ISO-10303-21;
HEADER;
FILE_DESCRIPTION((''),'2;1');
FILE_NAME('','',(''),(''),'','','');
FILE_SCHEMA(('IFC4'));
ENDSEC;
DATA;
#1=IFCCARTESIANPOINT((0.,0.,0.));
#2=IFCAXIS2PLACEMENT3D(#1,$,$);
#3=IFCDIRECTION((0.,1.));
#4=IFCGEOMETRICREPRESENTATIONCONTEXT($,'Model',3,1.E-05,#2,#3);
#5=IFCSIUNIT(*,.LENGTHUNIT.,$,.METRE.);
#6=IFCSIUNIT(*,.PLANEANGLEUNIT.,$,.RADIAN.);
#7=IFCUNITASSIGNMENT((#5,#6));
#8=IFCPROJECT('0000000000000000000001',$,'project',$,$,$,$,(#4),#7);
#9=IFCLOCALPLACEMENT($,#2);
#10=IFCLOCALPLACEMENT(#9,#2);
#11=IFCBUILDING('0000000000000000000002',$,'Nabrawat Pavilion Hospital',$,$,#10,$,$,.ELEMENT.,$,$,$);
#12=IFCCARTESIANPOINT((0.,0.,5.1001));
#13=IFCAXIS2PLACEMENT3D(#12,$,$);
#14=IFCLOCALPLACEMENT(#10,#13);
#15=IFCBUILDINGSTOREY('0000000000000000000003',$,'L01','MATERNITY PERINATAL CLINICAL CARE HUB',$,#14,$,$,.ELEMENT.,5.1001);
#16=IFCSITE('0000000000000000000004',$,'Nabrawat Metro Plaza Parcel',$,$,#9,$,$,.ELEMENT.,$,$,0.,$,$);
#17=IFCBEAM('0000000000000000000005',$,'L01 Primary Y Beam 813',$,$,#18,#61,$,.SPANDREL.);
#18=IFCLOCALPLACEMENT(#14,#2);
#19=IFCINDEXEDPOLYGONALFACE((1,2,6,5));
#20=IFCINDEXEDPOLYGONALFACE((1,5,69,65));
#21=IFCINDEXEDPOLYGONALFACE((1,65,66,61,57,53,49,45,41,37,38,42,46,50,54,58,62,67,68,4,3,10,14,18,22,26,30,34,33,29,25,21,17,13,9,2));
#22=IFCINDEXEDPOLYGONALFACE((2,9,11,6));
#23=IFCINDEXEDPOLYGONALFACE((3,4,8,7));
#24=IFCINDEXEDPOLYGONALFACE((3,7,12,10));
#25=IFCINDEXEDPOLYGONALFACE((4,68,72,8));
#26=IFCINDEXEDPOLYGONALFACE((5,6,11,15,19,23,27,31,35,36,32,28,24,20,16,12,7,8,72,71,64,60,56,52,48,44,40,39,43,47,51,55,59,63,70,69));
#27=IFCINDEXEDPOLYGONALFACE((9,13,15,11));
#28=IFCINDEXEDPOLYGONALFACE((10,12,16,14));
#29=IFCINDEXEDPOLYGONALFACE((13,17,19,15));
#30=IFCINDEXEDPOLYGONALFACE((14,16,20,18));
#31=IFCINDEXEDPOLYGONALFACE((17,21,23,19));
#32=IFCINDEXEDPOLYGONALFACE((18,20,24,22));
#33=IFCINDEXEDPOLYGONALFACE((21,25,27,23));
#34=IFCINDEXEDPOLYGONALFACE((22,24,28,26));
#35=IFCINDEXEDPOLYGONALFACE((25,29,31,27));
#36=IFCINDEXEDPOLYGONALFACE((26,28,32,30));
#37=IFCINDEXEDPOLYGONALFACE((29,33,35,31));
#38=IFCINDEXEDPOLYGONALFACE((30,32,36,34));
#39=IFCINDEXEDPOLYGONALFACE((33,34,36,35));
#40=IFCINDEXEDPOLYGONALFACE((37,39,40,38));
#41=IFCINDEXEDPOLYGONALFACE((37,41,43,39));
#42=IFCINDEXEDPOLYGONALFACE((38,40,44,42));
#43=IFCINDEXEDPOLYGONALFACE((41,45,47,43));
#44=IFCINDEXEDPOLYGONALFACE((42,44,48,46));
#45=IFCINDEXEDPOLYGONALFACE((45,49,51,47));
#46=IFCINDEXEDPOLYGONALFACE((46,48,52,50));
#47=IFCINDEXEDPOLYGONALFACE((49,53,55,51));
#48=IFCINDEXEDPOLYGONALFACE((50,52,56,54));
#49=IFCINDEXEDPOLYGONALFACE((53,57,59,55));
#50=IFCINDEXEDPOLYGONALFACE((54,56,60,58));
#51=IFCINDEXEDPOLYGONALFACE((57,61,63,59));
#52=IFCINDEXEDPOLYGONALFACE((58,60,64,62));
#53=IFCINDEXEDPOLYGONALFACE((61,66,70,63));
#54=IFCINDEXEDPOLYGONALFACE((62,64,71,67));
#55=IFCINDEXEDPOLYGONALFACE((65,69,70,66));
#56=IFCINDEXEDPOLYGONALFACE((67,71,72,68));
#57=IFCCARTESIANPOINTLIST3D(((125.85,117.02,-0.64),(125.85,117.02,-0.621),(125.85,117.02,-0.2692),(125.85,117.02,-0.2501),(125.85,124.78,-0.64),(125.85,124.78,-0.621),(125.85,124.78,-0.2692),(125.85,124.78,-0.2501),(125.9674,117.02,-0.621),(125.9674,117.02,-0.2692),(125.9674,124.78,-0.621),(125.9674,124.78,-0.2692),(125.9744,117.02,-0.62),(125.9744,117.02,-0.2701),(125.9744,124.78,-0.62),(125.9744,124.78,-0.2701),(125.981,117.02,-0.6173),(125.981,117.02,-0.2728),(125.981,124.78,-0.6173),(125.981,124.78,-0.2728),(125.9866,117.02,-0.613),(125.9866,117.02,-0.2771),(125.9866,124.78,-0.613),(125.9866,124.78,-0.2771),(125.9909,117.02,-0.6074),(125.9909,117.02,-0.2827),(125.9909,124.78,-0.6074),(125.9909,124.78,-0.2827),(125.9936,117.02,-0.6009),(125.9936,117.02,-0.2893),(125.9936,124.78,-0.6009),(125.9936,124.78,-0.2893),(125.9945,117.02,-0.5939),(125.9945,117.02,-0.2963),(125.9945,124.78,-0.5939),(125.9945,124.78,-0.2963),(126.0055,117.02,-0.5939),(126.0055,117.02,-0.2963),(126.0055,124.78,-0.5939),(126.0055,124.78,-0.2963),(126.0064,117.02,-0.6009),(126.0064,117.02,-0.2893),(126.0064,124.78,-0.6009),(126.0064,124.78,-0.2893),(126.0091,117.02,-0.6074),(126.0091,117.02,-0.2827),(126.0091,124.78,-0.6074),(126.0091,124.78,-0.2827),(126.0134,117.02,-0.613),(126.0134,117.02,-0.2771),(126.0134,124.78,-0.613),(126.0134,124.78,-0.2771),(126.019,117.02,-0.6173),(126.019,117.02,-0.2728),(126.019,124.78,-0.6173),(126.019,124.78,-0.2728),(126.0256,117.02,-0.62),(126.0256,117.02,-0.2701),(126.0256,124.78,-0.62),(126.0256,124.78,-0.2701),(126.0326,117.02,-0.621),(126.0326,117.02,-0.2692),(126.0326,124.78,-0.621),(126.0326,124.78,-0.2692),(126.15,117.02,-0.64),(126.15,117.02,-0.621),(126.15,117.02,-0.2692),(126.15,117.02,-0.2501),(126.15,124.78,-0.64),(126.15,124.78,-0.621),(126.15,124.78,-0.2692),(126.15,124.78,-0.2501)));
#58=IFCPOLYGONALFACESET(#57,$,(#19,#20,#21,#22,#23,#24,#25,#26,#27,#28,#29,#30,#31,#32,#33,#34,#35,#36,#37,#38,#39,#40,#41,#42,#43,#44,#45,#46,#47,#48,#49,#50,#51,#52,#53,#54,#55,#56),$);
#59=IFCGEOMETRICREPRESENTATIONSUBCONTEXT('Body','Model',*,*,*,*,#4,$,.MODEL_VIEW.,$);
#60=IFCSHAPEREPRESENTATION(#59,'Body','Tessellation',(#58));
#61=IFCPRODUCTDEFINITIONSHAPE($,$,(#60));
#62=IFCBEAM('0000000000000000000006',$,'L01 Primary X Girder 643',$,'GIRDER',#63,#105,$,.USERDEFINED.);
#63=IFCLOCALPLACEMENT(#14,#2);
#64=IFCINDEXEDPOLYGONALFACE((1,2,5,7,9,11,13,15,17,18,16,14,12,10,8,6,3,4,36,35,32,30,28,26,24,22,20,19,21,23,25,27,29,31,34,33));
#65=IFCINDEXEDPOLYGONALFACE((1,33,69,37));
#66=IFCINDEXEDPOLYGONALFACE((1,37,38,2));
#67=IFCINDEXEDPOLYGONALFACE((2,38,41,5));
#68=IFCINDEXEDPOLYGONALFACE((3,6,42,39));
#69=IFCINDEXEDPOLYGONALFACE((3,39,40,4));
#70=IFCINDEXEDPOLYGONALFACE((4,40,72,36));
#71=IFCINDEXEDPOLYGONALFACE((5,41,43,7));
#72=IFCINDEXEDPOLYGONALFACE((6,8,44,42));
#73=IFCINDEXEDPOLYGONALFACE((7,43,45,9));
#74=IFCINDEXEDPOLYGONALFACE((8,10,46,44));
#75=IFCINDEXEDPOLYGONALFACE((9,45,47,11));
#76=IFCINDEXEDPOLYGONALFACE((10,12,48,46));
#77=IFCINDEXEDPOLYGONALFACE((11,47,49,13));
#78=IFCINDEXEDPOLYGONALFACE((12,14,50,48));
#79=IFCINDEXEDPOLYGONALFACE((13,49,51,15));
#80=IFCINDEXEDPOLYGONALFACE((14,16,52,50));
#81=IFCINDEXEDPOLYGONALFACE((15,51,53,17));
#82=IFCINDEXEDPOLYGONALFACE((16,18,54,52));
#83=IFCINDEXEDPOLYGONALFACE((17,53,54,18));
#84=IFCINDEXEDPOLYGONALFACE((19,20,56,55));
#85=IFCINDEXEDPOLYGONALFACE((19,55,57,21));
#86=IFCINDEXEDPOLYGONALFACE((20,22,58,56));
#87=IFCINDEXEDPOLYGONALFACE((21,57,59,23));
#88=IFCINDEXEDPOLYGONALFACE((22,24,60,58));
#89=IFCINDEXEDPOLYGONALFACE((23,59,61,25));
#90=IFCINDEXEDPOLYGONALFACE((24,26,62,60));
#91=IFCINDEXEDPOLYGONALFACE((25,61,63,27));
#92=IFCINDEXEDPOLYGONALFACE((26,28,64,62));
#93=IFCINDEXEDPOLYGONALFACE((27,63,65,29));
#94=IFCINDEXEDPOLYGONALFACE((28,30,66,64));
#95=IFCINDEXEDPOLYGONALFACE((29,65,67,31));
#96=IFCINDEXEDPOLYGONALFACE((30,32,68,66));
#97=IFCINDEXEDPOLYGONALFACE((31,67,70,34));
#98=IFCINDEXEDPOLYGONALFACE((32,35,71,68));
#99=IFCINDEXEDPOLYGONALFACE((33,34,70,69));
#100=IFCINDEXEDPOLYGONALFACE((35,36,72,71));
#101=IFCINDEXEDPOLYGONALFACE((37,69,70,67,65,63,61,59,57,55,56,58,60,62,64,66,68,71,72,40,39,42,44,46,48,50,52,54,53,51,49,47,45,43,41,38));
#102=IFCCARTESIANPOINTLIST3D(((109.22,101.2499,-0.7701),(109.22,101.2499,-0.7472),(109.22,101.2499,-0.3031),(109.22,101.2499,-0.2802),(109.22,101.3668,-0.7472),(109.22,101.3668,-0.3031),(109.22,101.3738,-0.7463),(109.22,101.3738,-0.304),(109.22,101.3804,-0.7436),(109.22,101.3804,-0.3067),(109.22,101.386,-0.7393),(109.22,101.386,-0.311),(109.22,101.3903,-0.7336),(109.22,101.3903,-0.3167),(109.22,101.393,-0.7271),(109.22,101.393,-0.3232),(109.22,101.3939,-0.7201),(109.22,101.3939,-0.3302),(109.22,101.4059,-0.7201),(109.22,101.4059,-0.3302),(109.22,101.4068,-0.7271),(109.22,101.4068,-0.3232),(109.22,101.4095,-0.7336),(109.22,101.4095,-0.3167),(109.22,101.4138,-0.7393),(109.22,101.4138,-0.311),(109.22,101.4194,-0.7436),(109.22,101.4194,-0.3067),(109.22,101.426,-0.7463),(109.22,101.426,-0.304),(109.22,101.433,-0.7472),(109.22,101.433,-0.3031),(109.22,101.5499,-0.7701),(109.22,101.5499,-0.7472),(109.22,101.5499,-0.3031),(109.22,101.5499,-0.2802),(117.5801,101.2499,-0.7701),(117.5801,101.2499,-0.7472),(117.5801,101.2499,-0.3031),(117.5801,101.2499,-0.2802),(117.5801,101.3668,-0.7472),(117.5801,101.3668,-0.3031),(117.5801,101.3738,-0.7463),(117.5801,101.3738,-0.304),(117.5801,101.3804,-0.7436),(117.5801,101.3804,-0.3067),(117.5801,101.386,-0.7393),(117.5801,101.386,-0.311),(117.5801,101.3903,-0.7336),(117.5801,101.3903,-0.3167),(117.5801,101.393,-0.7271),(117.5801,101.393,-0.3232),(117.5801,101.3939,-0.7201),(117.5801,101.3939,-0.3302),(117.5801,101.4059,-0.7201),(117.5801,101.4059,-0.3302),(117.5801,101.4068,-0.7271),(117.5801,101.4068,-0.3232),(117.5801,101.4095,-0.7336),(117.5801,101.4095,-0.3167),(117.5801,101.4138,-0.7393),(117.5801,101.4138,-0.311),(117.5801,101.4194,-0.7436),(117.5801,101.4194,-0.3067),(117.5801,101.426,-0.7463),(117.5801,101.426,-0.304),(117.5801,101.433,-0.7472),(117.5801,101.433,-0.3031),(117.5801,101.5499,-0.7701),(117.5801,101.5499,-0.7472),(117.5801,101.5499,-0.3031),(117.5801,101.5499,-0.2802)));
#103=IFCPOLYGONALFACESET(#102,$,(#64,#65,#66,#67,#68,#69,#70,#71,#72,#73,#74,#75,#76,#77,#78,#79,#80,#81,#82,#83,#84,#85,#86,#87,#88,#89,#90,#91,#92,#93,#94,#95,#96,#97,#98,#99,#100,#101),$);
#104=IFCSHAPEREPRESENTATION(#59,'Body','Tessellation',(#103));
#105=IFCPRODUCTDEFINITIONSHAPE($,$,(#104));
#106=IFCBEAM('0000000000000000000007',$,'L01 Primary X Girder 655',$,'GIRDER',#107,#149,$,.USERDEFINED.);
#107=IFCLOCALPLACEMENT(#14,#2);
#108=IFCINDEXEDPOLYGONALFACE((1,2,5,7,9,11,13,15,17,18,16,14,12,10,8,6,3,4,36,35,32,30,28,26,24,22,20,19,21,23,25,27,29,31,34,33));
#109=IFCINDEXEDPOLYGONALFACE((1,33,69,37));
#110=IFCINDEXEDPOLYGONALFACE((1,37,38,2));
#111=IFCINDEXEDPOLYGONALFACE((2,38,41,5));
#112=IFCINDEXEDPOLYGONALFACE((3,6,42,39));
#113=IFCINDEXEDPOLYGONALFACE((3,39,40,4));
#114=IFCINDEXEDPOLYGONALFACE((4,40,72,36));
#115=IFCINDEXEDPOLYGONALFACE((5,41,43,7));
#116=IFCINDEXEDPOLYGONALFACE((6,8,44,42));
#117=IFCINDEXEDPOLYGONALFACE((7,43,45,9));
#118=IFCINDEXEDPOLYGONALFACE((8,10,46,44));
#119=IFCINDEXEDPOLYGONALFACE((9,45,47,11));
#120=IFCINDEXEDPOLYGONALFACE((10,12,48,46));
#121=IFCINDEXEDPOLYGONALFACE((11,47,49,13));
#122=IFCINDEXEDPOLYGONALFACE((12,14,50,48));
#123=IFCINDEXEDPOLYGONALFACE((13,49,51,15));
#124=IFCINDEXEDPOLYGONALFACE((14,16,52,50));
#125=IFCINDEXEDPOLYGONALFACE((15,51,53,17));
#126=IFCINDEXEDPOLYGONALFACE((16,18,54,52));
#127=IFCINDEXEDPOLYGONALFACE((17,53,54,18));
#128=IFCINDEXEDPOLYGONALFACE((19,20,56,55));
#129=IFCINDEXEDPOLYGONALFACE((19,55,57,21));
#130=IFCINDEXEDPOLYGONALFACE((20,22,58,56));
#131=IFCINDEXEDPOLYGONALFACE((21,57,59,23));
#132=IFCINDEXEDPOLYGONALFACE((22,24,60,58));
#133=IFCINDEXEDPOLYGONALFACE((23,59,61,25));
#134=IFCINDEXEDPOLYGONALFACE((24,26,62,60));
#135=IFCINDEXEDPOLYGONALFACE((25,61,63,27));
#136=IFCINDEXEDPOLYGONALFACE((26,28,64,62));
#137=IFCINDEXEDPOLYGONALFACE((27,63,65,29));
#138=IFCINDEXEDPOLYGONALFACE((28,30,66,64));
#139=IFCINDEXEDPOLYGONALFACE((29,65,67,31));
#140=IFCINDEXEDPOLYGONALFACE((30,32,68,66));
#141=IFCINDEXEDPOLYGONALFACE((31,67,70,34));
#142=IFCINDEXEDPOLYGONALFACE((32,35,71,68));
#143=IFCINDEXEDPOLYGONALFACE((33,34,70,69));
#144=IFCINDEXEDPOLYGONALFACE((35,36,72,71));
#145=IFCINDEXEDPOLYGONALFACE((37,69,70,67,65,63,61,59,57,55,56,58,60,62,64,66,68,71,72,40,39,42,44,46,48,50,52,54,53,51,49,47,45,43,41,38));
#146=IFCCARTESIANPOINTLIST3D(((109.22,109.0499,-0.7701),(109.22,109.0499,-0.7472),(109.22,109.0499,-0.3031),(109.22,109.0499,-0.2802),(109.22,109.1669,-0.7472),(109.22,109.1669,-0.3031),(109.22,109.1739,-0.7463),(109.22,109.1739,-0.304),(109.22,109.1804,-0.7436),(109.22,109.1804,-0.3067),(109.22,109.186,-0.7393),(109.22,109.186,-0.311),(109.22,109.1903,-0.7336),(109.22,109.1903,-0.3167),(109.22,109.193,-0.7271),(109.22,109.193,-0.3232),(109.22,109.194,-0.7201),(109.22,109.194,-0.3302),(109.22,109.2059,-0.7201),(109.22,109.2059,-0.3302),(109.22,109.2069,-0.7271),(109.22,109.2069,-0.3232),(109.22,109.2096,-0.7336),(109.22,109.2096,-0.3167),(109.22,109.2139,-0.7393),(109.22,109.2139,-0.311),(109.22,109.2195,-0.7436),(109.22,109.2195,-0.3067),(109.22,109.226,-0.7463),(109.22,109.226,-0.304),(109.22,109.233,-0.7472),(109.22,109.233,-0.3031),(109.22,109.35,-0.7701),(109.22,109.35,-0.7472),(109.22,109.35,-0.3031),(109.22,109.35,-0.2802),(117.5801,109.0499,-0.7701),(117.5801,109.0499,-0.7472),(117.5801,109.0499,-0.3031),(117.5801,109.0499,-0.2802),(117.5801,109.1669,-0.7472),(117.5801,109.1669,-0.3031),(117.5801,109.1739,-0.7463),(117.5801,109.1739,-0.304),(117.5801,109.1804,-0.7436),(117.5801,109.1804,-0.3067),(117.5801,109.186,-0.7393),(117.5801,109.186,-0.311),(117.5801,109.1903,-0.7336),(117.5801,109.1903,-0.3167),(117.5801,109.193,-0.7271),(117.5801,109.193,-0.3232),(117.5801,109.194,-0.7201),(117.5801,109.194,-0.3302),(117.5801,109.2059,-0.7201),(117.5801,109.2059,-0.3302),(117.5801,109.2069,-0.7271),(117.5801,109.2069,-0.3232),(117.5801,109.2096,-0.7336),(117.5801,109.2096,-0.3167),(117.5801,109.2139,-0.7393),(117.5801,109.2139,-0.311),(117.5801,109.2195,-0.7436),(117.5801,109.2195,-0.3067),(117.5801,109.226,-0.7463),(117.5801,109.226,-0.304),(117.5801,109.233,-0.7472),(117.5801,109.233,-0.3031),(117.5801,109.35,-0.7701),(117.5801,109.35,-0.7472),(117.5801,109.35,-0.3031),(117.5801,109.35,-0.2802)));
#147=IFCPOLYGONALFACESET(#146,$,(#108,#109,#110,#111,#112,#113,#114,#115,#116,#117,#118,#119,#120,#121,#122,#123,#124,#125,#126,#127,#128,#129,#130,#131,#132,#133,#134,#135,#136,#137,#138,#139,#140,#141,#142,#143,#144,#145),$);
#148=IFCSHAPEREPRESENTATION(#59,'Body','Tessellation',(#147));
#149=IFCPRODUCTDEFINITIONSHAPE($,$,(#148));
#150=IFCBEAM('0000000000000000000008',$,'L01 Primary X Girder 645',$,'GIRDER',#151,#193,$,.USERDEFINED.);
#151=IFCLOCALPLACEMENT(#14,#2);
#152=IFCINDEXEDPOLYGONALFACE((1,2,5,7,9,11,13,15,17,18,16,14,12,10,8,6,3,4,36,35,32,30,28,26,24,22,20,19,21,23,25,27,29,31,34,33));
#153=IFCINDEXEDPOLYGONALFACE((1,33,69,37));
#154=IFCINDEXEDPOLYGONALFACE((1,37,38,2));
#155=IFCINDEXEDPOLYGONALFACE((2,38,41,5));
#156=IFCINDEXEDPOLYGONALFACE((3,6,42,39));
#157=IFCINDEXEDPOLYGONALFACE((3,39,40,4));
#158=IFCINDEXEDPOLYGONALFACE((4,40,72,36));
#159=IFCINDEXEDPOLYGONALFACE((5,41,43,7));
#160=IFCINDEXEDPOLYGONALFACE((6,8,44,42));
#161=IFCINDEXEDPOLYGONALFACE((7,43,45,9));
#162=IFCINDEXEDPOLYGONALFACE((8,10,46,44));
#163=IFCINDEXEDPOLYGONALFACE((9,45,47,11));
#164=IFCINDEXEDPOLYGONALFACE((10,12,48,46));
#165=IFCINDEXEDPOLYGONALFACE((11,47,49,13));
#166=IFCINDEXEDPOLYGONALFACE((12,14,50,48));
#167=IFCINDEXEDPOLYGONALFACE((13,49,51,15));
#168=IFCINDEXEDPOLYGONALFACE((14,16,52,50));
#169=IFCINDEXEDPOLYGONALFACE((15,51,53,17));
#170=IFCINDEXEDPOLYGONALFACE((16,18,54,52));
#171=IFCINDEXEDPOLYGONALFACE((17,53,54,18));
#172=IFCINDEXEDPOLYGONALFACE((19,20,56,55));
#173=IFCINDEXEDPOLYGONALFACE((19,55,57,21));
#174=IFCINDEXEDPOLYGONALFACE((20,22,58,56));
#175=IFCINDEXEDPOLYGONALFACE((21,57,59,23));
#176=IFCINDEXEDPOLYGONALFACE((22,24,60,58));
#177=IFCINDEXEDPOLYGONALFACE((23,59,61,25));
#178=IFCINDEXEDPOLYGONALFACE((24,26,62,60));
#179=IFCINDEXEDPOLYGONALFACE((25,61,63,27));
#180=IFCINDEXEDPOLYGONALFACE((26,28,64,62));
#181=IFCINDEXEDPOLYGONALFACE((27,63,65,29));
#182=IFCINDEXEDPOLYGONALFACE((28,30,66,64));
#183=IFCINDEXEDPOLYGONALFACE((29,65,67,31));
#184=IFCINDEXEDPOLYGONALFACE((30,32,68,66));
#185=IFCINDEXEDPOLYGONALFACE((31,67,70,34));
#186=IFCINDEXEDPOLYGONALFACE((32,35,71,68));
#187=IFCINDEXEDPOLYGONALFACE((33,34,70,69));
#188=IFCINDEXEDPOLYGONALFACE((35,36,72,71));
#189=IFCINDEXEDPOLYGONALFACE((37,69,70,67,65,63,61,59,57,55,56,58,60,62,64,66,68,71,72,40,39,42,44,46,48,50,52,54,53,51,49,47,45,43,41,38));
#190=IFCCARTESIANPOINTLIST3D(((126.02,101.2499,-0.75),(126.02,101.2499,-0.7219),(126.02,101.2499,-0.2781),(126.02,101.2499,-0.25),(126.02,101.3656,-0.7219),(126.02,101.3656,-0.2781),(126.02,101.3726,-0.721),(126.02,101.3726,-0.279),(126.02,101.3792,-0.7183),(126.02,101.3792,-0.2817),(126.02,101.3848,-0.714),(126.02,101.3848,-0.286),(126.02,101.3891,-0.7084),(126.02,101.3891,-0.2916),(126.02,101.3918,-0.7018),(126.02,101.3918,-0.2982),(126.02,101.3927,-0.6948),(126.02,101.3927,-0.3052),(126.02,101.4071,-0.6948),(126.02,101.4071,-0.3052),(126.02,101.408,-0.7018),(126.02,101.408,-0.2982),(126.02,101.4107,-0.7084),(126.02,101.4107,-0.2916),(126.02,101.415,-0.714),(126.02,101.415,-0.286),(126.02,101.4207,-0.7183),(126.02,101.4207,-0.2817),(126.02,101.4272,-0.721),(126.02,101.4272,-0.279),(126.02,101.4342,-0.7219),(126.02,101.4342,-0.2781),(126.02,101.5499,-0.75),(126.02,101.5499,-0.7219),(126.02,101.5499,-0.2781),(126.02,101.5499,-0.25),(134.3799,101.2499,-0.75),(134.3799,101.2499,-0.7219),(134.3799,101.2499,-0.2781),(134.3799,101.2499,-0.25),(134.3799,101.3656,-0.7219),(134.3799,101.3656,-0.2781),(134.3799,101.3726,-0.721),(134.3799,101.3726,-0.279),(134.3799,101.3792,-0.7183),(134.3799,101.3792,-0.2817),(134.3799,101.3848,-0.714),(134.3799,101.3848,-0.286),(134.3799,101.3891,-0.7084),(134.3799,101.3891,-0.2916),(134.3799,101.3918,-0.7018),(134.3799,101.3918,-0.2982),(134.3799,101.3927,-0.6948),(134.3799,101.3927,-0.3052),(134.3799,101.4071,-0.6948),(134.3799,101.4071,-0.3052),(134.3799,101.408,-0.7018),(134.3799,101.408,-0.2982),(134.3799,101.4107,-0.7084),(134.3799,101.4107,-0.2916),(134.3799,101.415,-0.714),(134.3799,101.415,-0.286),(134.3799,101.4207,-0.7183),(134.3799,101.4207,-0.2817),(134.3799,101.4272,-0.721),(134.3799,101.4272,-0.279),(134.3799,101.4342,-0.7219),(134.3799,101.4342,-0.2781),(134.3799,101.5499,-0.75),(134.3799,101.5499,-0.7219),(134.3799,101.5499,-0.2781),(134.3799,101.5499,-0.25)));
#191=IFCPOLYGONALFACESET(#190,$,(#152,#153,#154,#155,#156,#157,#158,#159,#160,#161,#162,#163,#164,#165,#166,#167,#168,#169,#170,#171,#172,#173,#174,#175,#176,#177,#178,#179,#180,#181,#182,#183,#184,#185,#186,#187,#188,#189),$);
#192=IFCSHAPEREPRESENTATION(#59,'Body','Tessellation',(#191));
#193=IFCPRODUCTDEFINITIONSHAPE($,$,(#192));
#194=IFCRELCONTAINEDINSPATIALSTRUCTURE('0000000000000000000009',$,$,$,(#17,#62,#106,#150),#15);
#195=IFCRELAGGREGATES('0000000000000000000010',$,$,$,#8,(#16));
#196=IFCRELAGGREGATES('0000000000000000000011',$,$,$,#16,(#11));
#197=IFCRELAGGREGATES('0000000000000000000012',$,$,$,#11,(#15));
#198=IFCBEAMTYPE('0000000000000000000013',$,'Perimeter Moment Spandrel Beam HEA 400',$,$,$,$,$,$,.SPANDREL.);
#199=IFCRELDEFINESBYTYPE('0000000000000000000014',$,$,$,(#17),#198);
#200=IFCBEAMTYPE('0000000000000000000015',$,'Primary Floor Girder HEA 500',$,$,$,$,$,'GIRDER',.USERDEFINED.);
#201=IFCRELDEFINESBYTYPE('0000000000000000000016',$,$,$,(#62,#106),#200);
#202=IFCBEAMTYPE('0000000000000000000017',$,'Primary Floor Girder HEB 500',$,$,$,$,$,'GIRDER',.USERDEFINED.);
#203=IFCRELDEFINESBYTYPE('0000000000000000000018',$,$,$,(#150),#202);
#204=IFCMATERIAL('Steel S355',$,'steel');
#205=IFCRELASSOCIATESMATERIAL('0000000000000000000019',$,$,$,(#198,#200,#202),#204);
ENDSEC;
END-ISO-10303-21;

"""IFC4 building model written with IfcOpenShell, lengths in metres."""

from ifc_helpers import new_model, si_unit, direction, frame, origin, origin_2d, place, context, subcontext, project, spatial, i_section, extrude, material, material_profile, profile_set, type_object, element, save


model = new_model("IFC4")

# Units and contexts
model_context = context("Model", 3, precision=1e-05, world=origin(), true_north=direction((0.0, 1.0)))
body_context = subcontext(model_context, "Body", "Model", "MODEL_VIEW")
ifc_project = project(units=[si_unit("LENGTHUNIT", "METRE"), si_unit("PLANEANGLEUNIT", "RADIAN")], contexts=[model_context])

# Site, building, storey
site_placement = place(None, origin())
site = spatial("IfcSite", under=ifc_project, at=site_placement, Name="Nabrawat Metro Plaza Parcel", CompositionType="ELEMENT", RefElevation=0.0)
building_placement = place(site_placement, origin())
building = spatial("IfcBuilding", under=site, at=building_placement, Name="Nabrawat Pavilion Hospital", CompositionType="ELEMENT")
storey_placement = place(building_placement, frame((0.0, 0.0, 5.1001)))
storey = spatial("IfcBuildingStorey", under=building, at=storey_placement, Name="L01", Description="MATERNITY PERINATAL CLINICAL CARE HUB", CompositionType="ELEMENT", Elevation=5.1001)

# Shared definitions
ifc_material_1 = material(Name="Steel S355", Category="steel")

# Beams
ifc_material_profile_1 = material_profile(ifc_material_1, i_section(OverallWidth=0.3, OverallDepth=0.3899, WebThickness=0.011, FlangeThickness=0.019, FilletRadius=0.0271, at=origin_2d()), Name="HEA 400")
ifc_profile_set_1 = profile_set([ifc_material_profile_1], Name="Steel S355")
beam_type_1 = type_object("IfcBeamType", Name="Perimeter Moment Spandrel Beam HEA 400", PredefinedType="SPANDREL", material=ifc_profile_set_1)
for number, where, z_axis, x_axis, name in (
    (1, (126.0, 117.02, -0.4451), (0.0, 1.0, 0.0), (-1.0, 0.0, 0.0), "L01 Primary Y Beam 813"),
):
    element("IfcBeam", number, at=place(storey_placement, frame(where, z_axis=z_axis, x_axis=x_axis)), inside=storey, type_object=beam_type_1, Name=name, PredefinedType="SPANDREL", context=body_context, shape_type="SweptSolid", body=[
        extrude(i_section(OverallWidth=0.3, OverallDepth=0.3899, WebThickness=0.011, FlangeThickness=0.019, FilletRadius=0.0271, at=origin_2d()), origin(), (0.0, 0.0, 1.0), 7.76),
    ])
ifc_material_profile_2 = material_profile(ifc_material_1, i_section(OverallWidth=0.3, OverallDepth=0.49, WebThickness=0.012, FlangeThickness=0.0229, FilletRadius=0.0271, at=origin_2d()), Name="HEA 500")
ifc_profile_set_2 = profile_set([ifc_material_profile_2], Name="Steel S355")
beam_type_2 = type_object("IfcBeamType", Name="Primary Floor Girder HEA 500", ElementType="GIRDER", PredefinedType="USERDEFINED", material=ifc_profile_set_2)
for number, where, z_axis, x_axis, name in (
    (2, (109.22, 101.3999, -0.5251), (1.0, 0.0, 0.0), (0.0, 1.0, 0.0), "L01 Primary X Girder 643"),
    (3, (109.22, 109.2, -0.5251), (1.0, 0.0, 0.0), (0.0, 1.0, 0.0), "L01 Primary X Girder 655"),
):
    element("IfcBeam", number, at=place(storey_placement, frame(where, z_axis=z_axis, x_axis=x_axis)), inside=storey, type_object=beam_type_2, Name=name, ObjectType="GIRDER", PredefinedType="USERDEFINED", context=body_context, shape_type="SweptSolid", body=[
        extrude(i_section(OverallWidth=0.3, OverallDepth=0.49, WebThickness=0.012, FlangeThickness=0.0229, FilletRadius=0.0271, at=origin_2d()), origin(), (0.0, 0.0, 1.0), 8.3601),
    ])
ifc_material_profile_3 = material_profile(ifc_material_1, i_section(OverallWidth=0.3, OverallDepth=0.5, WebThickness=0.0144, FlangeThickness=0.0281, FilletRadius=0.0271, at=origin_2d()), Name="HEB 500")
ifc_profile_set_3 = profile_set([ifc_material_profile_3], Name="Steel S355")
beam_type_3 = type_object("IfcBeamType", Name="Primary Floor Girder HEB 500", ElementType="GIRDER", PredefinedType="USERDEFINED", material=ifc_profile_set_3)
for number, where, z_axis, x_axis, name in (
    (4, (126.02, 101.3999, -0.5), (1.0, 0.0, 0.0), (0.0, 1.0, 0.0), "L01 Primary X Girder 645"),
):
    element("IfcBeam", number, at=place(storey_placement, frame(where, z_axis=z_axis, x_axis=x_axis)), inside=storey, type_object=beam_type_3, Name=name, ObjectType="GIRDER", PredefinedType="USERDEFINED", context=body_context, shape_type="SweptSolid", body=[
        extrude(i_section(OverallWidth=0.3, OverallDepth=0.5, WebThickness=0.0144, FlangeThickness=0.0281, FilletRadius=0.0271, at=origin_2d()), origin(), (0.0, 0.0, 1.0), 8.3599),
    ])

save(model, "model.ifc")
